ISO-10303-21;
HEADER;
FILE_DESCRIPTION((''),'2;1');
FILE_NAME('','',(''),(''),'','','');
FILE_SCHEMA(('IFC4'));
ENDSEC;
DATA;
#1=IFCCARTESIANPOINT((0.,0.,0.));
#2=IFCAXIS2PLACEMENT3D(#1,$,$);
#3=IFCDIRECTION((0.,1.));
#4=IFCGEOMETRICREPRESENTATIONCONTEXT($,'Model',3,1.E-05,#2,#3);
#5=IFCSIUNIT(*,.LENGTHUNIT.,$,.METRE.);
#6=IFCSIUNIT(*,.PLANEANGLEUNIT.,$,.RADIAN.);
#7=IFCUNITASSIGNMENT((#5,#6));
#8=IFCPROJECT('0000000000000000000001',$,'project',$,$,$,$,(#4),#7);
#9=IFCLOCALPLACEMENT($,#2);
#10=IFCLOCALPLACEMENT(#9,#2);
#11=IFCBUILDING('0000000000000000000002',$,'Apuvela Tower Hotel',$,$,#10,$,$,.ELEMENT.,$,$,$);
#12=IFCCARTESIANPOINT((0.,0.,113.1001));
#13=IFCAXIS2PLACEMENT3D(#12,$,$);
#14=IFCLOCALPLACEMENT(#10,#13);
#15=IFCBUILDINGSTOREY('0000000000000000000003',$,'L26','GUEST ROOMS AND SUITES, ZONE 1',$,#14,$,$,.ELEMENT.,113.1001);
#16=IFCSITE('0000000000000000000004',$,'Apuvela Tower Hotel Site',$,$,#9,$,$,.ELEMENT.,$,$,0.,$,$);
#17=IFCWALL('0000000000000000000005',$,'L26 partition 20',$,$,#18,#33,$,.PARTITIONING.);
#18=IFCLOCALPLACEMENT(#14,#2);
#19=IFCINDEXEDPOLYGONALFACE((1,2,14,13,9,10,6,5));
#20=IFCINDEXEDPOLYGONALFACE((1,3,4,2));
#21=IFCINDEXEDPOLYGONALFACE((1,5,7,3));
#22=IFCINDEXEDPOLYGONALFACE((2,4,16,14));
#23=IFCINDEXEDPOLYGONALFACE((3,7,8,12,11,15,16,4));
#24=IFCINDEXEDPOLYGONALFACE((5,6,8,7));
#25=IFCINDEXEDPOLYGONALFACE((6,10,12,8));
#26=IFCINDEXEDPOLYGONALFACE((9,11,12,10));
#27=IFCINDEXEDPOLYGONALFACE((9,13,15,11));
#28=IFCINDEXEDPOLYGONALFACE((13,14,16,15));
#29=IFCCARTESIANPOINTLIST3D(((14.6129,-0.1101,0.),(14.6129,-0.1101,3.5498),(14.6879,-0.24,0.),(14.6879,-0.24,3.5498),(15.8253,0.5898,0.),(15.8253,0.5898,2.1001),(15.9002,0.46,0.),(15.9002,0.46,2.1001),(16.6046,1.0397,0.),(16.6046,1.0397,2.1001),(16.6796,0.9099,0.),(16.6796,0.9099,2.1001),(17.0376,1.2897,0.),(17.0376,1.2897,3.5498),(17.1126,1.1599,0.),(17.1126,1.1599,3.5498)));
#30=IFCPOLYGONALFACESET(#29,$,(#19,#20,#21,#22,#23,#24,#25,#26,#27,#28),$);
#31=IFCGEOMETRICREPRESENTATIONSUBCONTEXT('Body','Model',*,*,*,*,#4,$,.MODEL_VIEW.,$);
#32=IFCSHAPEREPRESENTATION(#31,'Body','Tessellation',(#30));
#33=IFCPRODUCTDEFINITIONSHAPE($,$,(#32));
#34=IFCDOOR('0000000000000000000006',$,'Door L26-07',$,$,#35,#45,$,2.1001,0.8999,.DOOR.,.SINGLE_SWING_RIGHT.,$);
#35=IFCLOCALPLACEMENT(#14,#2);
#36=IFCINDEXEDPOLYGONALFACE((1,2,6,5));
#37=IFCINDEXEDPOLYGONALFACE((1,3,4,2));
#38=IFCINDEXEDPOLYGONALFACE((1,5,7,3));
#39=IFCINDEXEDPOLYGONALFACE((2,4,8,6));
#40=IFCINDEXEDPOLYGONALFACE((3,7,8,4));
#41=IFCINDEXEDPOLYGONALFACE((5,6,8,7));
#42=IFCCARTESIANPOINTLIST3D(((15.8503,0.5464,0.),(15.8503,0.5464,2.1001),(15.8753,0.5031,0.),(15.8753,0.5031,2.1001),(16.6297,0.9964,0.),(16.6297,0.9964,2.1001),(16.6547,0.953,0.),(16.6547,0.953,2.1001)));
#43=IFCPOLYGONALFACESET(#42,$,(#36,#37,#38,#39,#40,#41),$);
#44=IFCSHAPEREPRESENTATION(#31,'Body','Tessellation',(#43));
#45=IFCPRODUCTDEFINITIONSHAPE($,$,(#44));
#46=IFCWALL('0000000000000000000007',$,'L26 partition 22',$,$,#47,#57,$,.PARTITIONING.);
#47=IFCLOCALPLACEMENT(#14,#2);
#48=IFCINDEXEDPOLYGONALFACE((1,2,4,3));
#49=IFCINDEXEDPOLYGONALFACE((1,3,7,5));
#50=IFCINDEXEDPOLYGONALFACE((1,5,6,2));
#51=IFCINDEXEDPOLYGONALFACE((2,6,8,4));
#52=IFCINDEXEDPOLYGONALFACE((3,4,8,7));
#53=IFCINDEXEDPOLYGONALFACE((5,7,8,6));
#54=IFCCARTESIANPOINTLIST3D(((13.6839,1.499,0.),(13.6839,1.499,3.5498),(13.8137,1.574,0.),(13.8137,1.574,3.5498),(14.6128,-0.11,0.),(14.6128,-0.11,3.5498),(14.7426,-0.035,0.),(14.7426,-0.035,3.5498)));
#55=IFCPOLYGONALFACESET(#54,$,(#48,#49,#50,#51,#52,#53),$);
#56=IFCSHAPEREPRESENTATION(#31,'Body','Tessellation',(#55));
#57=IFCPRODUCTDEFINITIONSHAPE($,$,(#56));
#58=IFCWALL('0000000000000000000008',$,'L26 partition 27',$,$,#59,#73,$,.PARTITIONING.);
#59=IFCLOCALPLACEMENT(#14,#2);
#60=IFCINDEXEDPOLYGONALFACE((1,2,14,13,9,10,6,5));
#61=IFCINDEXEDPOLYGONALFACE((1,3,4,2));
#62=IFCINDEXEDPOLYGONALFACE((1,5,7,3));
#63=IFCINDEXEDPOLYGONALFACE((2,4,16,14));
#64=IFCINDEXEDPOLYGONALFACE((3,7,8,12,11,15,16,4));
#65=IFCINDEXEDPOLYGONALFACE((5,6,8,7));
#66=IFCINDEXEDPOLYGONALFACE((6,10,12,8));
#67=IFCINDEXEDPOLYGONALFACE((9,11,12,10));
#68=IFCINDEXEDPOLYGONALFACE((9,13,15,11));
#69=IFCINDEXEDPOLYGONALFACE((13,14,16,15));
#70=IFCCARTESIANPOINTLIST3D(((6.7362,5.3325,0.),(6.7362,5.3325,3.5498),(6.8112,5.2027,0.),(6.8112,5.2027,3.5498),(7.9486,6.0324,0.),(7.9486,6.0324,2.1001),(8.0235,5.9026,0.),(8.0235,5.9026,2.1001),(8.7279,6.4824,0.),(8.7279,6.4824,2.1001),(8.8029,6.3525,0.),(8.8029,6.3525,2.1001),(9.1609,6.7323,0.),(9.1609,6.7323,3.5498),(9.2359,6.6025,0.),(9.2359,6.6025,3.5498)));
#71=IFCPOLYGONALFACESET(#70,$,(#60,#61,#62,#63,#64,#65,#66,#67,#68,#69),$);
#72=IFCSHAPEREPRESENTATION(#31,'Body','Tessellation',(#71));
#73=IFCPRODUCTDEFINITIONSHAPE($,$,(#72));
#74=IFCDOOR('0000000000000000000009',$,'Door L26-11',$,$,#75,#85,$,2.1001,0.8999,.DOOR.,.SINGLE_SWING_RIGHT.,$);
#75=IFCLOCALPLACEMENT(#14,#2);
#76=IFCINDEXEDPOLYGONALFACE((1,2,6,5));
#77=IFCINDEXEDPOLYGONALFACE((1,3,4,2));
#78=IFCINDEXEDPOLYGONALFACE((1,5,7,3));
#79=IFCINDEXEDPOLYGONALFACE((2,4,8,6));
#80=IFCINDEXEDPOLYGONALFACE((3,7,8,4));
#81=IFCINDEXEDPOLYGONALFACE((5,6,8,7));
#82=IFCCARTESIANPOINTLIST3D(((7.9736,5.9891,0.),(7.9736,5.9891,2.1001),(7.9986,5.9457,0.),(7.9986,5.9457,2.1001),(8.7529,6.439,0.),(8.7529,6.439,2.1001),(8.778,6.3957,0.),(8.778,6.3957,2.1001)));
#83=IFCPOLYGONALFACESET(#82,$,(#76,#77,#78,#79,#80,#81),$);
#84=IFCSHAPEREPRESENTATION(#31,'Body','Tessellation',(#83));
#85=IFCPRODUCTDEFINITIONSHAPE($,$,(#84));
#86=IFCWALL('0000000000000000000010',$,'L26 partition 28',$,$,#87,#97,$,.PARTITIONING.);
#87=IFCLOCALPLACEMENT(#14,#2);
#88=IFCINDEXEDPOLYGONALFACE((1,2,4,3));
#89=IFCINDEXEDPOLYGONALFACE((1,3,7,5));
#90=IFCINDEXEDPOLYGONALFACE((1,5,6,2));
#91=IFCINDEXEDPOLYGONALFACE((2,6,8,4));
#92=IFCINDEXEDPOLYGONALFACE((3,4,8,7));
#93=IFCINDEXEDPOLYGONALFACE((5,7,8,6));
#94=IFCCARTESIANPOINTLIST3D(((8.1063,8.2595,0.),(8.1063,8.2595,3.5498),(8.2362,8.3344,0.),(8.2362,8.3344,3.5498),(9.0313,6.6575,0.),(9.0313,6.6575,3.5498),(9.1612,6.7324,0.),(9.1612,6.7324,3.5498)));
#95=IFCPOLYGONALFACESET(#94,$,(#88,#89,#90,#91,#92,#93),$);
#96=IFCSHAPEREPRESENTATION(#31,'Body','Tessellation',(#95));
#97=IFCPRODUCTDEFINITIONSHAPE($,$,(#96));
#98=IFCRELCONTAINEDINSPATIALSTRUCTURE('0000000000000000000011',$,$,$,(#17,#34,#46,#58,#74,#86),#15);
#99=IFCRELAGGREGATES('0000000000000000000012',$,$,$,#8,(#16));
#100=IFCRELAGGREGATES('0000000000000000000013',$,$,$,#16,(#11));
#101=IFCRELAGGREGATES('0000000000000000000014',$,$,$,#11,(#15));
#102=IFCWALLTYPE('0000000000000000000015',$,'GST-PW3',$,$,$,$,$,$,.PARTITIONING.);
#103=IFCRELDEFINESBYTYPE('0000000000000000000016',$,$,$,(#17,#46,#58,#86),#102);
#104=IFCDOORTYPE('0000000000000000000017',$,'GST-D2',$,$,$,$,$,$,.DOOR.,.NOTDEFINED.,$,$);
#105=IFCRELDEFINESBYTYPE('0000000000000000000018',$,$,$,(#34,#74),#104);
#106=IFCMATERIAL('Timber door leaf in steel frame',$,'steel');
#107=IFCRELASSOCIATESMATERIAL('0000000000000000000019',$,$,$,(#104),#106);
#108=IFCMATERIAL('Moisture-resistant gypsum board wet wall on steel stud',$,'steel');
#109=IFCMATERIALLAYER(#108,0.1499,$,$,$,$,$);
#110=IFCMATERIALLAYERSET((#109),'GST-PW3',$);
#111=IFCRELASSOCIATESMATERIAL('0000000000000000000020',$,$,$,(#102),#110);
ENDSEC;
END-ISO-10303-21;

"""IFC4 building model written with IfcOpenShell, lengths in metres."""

from ifc_helpers import new_model, si_unit, direction, frame, frame_2d, origin, place, context, subcontext, project, spatial, rectangle, extrude, material, layer, layer_set, type_object, element, fill, save


model = new_model("IFC4")

# Units and contexts
model_context = context("Model", 3, precision=1e-05, world=origin(), true_north=direction((0.0, 1.0)))
body_context = subcontext(model_context, "Body", "Model", "MODEL_VIEW")
ifc_project = project(units=[si_unit("LENGTHUNIT", "METRE"), si_unit("PLANEANGLEUNIT", "RADIAN")], contexts=[model_context])

# Site, building, storey
site_placement = place(None, origin())
site = spatial("IfcSite", under=ifc_project, at=site_placement, Name="Apuvela Tower Hotel Site", CompositionType="ELEMENT", RefElevation=0.0)
building_placement = place(site_placement, origin())
building = spatial("IfcBuilding", under=site, at=building_placement, Name="Apuvela Tower Hotel", CompositionType="ELEMENT")
storey_placement = place(building_placement, frame((0.0, 0.0, 113.1001)))
storey = spatial("IfcBuildingStorey", under=building, at=storey_placement, Name="L26", Description="GUEST ROOMS AND SUITES, ZONE 1", CompositionType="ELEMENT", Elevation=113.1001)

# Wall, opening, door
ifc_material_1 = material(Name="Timber door leaf in steel frame", Category="steel")
door_type_1 = type_object("IfcDoorType", Name="GST-D2", OperationType="NOTDEFINED", PredefinedType="DOOR", material=ifc_material_1)
ifc_material_2 = material(Name="Moisture-resistant gypsum board wet wall on steel stud", Category="steel")
ifc_layer_1 = layer(ifc_material_2, 0.1499)
ifc_layer_set_1 = layer_set([ifc_layer_1], Name="GST-PW3")
wall_type_1 = type_object("IfcWallType", Name="GST-PW3", PredefinedType="PARTITIONING", material=ifc_layer_set_1)
wall_1_placement = place(storey_placement, frame((14.6504, -0.175, 0.0), z_axis=(0.0, 0.0, 1.0), x_axis=(0.866035, 0.499984, 0.0)))
wall_1 = element("IfcWall", 1, at=wall_1_placement, inside=storey, type_object=wall_type_1, Name="L26 partition 20", PredefinedType="PARTITIONING", context=body_context, shape_type="SweptSolid", body=[
    extrude(rectangle(XDim=2.7998, YDim=0.1499, at=frame_2d((1.3999, 0.0))), origin(), (0.0, 0.0, 1.0), 3.5498),
])
opening_1_placement = place(wall_1_placement, frame((1.3999, 0.0, 0.0)))
opening_1 = element("IfcOpeningElement", 2, at=opening_1_placement, cuts=wall_1, PredefinedType="OPENING", context=body_context, shape_type="SweptSolid", body=[
    extrude(rectangle(XDim=0.8999, YDim=2.1001, at=frame_2d((0.45, 1.05))), frame((0.0, 0.085, 0.0), z_axis=(0.0, -1.0, 0.0), x_axis=(1.0, 0.0, 0.0)), (0.0, 0.0, 1.0), 0.1699),
])
door_1_placement = place(opening_1_placement, origin())
door_1 = element("IfcDoor", 3, at=door_1_placement, inside=storey, type_object=door_type_1, Name="Door L26-07", OperationType="SINGLE_SWING_RIGHT", OverallHeight=2.1001, OverallWidth=0.8999, PredefinedType="DOOR", context=body_context, shape_type="SweptSolid", body=[
    extrude(rectangle(XDim=0.8999, YDim=2.1001, at=frame_2d((0.45, 1.05))), frame((0.0, 0.0249, 0.0), z_axis=(0.0, -1.0, 0.0), x_axis=(1.0, 0.0, 0.0)), (0.0, 0.0, 1.0), 0.05),
])
fill(opening_1, door_1)

# Wall
wall_2_placement = place(storey_placement, frame((14.6777, -0.0725, 0.0), z_axis=(0.0, 0.0, 1.0), x_axis=(-0.499969, 0.866043, 0.0)))
element("IfcWall", 4, at=wall_2_placement, inside=storey, type_object=wall_type_1, Name="L26 partition 22", PredefinedType="PARTITIONING", context=body_context, shape_type="SweptSolid", body=[
    extrude(rectangle(XDim=1.8579, YDim=0.1499, at=frame_2d((0.929, 0.0))), origin(), (0.0, 0.0, 1.0), 3.5498),
])

# Wall, opening, door
wall_3_placement = place(storey_placement, frame((6.7737, 5.2676, 0.0), z_axis=(0.0, 0.0, 1.0), x_axis=(0.866035, 0.499984, 0.0)))
wall_3 = element("IfcWall", 5, at=wall_3_placement, inside=storey, type_object=wall_type_1, Name="L26 partition 27", PredefinedType="PARTITIONING", context=body_context, shape_type="SweptSolid", body=[
    extrude(rectangle(XDim=2.7998, YDim=0.1499, at=frame_2d((1.3999, 0.0))), origin(), (0.0, 0.0, 1.0), 3.5498),
])
opening_2_placement = place(wall_3_placement, frame((1.3999, 0.0, 0.0)))
opening_2 = element("IfcOpeningElement", 6, at=opening_2_placement, cuts=wall_3, PredefinedType="OPENING", context=body_context, shape_type="SweptSolid", body=[
    extrude(rectangle(XDim=0.8999, YDim=2.1001, at=frame_2d((0.45, 1.05))), frame((0.0, 0.085, 0.0), z_axis=(0.0, -1.0, 0.0), x_axis=(1.0, 0.0, 0.0)), (0.0, 0.0, 1.0), 0.1699),
])
door_2_placement = place(opening_2_placement, origin())
door_2 = element("IfcDoor", 7, at=door_2_placement, inside=storey, type_object=door_type_1, Name="Door L26-11", OperationType="SINGLE_SWING_RIGHT", OverallHeight=2.1001, OverallWidth=0.8999, PredefinedType="DOOR", context=body_context, shape_type="SweptSolid", body=[
    extrude(rectangle(XDim=0.8999, YDim=2.1001, at=frame_2d((0.45, 1.05))), frame((0.0, 0.0249, 0.0), z_axis=(0.0, -1.0, 0.0), x_axis=(1.0, 0.0, 0.0)), (0.0, 0.0, 1.0), 0.05),
])
fill(opening_2, door_2)

# Wall
wall_4_placement = place(storey_placement, frame((9.0962, 6.6951, 0.0), z_axis=(0.0, 0.0, 1.0), x_axis=(-0.500042, 0.866001, 0.0)))
element("IfcWall", 8, at=wall_4_placement, inside=storey, type_object=wall_type_1, Name="L26 partition 28", PredefinedType="PARTITIONING", context=body_context, shape_type="SweptSolid", body=[
    extrude(rectangle(XDim=1.8499, YDim=0.1499, at=frame_2d((0.9248, 0.0))), origin(), (0.0, 0.0, 1.0), 3.5498),
])

save(model, "model.ifc")
